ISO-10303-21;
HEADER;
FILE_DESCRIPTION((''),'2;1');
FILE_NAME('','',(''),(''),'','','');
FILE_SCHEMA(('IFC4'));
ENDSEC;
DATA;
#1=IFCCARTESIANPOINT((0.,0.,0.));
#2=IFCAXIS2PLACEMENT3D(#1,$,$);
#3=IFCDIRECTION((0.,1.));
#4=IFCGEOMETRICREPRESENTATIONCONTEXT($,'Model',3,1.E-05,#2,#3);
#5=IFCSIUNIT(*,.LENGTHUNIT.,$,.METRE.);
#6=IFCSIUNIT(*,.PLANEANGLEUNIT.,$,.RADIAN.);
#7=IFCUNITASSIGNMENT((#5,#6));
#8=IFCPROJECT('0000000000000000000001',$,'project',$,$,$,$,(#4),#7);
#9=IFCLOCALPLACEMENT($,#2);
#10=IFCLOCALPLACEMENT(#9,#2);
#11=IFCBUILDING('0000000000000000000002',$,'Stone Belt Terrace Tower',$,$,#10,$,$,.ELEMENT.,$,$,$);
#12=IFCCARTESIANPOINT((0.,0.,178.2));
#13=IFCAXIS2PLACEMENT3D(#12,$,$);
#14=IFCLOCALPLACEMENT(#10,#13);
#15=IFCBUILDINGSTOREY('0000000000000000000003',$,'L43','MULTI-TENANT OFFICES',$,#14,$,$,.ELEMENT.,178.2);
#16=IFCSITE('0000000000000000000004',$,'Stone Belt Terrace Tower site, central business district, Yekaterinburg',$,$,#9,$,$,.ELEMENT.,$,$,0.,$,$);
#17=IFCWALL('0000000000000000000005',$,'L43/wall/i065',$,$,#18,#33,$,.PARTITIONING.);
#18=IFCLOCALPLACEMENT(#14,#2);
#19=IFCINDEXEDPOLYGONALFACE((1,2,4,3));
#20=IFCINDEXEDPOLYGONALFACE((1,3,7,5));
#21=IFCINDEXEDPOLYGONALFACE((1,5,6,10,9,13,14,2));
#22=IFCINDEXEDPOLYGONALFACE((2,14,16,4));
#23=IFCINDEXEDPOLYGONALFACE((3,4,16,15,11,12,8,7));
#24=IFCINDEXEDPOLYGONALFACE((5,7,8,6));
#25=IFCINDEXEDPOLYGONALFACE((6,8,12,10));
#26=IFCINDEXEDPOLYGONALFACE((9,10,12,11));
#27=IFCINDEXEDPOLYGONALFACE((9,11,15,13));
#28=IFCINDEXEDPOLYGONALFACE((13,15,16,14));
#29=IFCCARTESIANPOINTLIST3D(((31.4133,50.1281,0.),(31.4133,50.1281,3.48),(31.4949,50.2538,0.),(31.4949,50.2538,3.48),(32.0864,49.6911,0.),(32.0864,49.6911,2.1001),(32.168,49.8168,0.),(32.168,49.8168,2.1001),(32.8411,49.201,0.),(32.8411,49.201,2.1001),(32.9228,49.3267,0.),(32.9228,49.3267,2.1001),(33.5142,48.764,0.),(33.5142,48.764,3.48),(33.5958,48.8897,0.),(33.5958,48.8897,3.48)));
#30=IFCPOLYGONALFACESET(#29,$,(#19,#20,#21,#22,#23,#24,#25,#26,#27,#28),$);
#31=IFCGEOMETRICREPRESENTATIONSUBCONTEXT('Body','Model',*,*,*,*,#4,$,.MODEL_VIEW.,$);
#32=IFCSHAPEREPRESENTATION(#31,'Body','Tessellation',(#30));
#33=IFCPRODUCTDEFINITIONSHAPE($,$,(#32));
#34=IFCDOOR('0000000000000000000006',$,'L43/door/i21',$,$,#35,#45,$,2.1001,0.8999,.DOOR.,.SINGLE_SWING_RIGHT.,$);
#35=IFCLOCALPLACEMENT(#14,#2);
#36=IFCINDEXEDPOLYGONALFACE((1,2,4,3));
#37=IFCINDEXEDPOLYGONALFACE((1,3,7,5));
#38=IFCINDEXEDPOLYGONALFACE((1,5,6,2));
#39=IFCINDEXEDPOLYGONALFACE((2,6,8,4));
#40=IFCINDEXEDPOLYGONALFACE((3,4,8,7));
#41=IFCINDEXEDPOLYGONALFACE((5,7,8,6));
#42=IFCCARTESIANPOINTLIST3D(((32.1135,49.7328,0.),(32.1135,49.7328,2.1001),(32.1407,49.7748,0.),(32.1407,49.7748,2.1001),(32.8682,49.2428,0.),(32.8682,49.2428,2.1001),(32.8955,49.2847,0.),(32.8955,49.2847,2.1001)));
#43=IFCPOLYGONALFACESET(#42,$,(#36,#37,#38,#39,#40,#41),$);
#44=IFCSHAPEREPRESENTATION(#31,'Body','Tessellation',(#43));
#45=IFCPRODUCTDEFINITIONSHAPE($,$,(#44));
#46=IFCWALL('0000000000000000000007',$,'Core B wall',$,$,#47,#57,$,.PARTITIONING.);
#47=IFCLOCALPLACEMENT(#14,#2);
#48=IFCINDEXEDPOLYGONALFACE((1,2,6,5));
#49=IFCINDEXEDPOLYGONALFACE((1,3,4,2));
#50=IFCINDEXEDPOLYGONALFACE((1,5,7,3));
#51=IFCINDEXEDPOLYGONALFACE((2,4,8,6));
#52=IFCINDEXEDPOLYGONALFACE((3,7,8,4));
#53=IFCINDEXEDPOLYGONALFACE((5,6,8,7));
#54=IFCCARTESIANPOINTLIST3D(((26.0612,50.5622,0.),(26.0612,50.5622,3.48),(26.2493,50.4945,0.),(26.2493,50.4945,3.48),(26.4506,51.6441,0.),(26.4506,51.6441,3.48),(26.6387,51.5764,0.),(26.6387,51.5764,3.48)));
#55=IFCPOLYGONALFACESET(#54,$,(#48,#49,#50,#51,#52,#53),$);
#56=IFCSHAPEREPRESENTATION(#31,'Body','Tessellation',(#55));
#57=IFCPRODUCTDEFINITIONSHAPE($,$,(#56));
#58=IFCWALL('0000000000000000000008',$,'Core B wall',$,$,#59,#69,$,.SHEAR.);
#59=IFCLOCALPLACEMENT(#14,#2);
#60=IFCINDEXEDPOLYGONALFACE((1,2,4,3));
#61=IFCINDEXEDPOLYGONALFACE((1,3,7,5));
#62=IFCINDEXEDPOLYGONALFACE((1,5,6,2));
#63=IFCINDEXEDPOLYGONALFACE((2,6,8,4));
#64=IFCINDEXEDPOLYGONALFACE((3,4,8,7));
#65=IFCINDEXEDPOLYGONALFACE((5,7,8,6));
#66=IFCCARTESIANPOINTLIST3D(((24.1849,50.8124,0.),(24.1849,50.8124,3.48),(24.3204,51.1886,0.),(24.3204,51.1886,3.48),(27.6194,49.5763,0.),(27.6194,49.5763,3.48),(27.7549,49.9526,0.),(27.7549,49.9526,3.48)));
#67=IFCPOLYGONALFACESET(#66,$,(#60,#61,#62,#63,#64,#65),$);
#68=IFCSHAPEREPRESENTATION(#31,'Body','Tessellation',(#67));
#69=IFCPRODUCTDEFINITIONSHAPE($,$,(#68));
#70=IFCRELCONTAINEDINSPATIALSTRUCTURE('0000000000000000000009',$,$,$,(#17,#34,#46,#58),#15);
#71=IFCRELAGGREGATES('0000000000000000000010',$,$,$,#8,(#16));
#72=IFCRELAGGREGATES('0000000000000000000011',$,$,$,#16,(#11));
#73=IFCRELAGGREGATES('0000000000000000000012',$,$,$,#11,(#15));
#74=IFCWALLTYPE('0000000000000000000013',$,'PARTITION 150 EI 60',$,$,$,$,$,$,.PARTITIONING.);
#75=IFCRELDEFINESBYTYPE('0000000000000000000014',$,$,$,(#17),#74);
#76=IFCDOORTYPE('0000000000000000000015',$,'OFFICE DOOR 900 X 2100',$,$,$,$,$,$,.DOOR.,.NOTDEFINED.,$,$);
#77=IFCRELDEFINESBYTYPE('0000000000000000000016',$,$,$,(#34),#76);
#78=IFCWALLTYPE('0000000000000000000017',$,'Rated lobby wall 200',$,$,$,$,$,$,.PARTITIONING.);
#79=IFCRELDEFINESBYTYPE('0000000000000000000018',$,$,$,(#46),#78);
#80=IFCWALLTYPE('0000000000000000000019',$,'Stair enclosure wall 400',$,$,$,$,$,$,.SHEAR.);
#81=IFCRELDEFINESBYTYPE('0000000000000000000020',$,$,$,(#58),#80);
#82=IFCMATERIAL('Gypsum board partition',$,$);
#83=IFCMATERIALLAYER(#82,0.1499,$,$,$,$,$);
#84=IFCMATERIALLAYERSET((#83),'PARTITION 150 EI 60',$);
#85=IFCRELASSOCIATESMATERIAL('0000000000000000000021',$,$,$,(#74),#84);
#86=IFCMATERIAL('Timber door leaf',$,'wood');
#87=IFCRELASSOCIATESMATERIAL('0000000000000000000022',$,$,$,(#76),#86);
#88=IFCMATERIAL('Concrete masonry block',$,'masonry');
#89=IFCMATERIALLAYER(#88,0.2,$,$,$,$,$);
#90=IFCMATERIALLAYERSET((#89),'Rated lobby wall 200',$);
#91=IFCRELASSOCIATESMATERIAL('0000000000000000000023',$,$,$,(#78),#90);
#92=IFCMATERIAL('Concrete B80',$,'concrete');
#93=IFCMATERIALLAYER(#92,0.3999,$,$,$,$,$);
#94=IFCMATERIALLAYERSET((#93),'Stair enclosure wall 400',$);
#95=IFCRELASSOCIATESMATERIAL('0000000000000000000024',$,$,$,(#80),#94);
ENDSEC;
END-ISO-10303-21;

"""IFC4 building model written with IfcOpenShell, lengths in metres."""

from ifc_helpers import new_model, si_unit, direction, frame, frame_2d, origin, place, context, subcontext, project, spatial, rectangle, extrude, material, layer, layer_set, type_object, element, fill, save


model = new_model("IFC4")

# Units and contexts
model_context = context("Model", 3, precision=1e-05, world=origin(), true_north=direction((0.0, 1.0)))
body_context = subcontext(model_context, "Body", "Model", "MODEL_VIEW")
ifc_project = project(units=[si_unit("LENGTHUNIT", "METRE"), si_unit("PLANEANGLEUNIT", "RADIAN")], contexts=[model_context])

# Site, building, storey
site_placement = place(None, origin())
site = spatial("IfcSite", under=ifc_project, at=site_placement, Name="Stone Belt Terrace Tower site, central business district, Yekaterinburg", CompositionType="ELEMENT", RefElevation=0.0)
building_placement = place(site_placement, origin())
building = spatial("IfcBuilding", under=site, at=building_placement, Name="Stone Belt Terrace Tower", CompositionType="ELEMENT")
storey_placement = place(building_placement, frame((0.0, 0.0, 178.2)))
storey = spatial("IfcBuildingStorey", under=building, at=storey_placement, Name="L43", Description="MULTI-TENANT OFFICES", CompositionType="ELEMENT", Elevation=178.2)

# Shared definitions
ifc_material_1 = material(Name="Concrete B80", Category="concrete")

# Shared definitions
ifc_material_2 = material(Name="Timber door leaf", Category="wood")

# Shared definitions
ifc_material_3 = material(Name="Gypsum board partition")
ifc_layer_1 = layer(ifc_material_3, 0.1499)
ifc_layer_set_1 = layer_set([ifc_layer_1], Name="PARTITION 150 EI 60")
wall_type_1 = type_object("IfcWallType", Name="PARTITION 150 EI 60", PredefinedType="PARTITIONING", material=ifc_layer_set_1)
door_type_1 = type_object("IfcDoorType", Name="OFFICE DOOR 900 X 2100", OperationType="NOTDEFINED", PredefinedType="DOOR", material=ifc_material_2)

# Wall, opening, door
wall_1_placement = place(storey_placement, frame((31.4541, 50.1909, 0.0), z_axis=(0.0, 0.0, 1.0), x_axis=(0.838722, -0.54456, 0.0)))
wall_1 = element("IfcWall", 1, at=wall_1_placement, inside=storey, type_object=wall_type_1, Name="L43/wall/i065", PredefinedType="PARTITIONING", context=body_context, shape_type="SweptSolid", body=[
    extrude(rectangle(XDim=2.5049, YDim=0.1499, at=frame_2d((1.2524, 0.0))), origin(), (0.0, 0.0, 1.0), 3.48),
])
opening_1_placement = place(wall_1_placement, frame((0.8025, 0.0, 0.0)))
opening_1 = element("IfcOpeningElement", 2, at=opening_1_placement, cuts=wall_1, PredefinedType="OPENING", context=body_context, shape_type="SweptSolid", body=[
    extrude(rectangle(XDim=0.8999, YDim=2.1001, at=frame_2d((0.45, 1.05))), frame((0.0, 0.085, 0.0), z_axis=(0.0, -1.0, 0.0), x_axis=(1.0, 0.0, 0.0)), (0.0, 0.0, 1.0), 0.1699),
])
door_1_placement = place(opening_1_placement, origin())
door_1 = element("IfcDoor", 3, at=door_1_placement, inside=storey, type_object=door_type_1, Name="L43/door/i21", OperationType="SINGLE_SWING_RIGHT", OverallHeight=2.1001, OverallWidth=0.8999, PredefinedType="DOOR", context=body_context, shape_type="SweptSolid", body=[
    extrude(rectangle(XDim=0.8999, YDim=2.1001, at=frame_2d((0.45, 1.05))), frame((0.0, 0.0249, 0.0), z_axis=(0.0, -1.0, 0.0), x_axis=(1.0, 0.0, 0.0)), (0.0, 0.0, 1.0), 0.05),
])
fill(opening_1, door_1)

# Walls
ifc_material_4 = material(Name="Concrete masonry block", Category="masonry")
ifc_layer_2 = layer(ifc_material_4, 0.2)
ifc_layer_set_2 = layer_set([ifc_layer_2], Name="Rated lobby wall 200")
wall_type_2 = type_object("IfcWallType", Name="Rated lobby wall 200", PredefinedType="PARTITIONING", material=ifc_layer_set_2)
wall_2_placement = place(storey_placement, frame((26.1553, 50.5283, 0.0), z_axis=(0.0, 0.0, 1.0), x_axis=(0.338622, 0.940923, 0.0)))
element("IfcWall", 4, at=wall_2_placement, inside=storey, type_object=wall_type_2, Name="Core B wall", PredefinedType="PARTITIONING", context=body_context, shape_type="SweptSolid", body=[
    extrude(rectangle(XDim=1.1499, YDim=0.2, at=frame_2d((0.575, 0.0))), origin(), (0.0, 0.0, 1.0), 3.48),
])
ifc_layer_3 = layer(ifc_material_1, 0.3999)
ifc_layer_set_3 = layer_set([ifc_layer_3], Name="Stair enclosure wall 400")
wall_type_3 = type_object("IfcWallType", Name="Stair enclosure wall 400", PredefinedType="SHEAR", material=ifc_layer_set_3)
wall_3_placement = place(storey_placement, frame((27.6873, 49.7644, 0.0), z_axis=(0.0, 0.0, 1.0), x_axis=(-0.940919, 0.338632, 0.0)))
element("IfcWall", 5, at=wall_3_placement, inside=storey, type_object=wall_type_3, Name="Core B wall", PredefinedType="SHEAR", context=body_context, shape_type="SweptSolid", body=[
    extrude(rectangle(XDim=3.6501, YDim=0.3999, at=frame_2d((1.8252, 0.0))), origin(), (0.0, 0.0, 1.0), 3.48),
])

save(model, "model.ifc")
